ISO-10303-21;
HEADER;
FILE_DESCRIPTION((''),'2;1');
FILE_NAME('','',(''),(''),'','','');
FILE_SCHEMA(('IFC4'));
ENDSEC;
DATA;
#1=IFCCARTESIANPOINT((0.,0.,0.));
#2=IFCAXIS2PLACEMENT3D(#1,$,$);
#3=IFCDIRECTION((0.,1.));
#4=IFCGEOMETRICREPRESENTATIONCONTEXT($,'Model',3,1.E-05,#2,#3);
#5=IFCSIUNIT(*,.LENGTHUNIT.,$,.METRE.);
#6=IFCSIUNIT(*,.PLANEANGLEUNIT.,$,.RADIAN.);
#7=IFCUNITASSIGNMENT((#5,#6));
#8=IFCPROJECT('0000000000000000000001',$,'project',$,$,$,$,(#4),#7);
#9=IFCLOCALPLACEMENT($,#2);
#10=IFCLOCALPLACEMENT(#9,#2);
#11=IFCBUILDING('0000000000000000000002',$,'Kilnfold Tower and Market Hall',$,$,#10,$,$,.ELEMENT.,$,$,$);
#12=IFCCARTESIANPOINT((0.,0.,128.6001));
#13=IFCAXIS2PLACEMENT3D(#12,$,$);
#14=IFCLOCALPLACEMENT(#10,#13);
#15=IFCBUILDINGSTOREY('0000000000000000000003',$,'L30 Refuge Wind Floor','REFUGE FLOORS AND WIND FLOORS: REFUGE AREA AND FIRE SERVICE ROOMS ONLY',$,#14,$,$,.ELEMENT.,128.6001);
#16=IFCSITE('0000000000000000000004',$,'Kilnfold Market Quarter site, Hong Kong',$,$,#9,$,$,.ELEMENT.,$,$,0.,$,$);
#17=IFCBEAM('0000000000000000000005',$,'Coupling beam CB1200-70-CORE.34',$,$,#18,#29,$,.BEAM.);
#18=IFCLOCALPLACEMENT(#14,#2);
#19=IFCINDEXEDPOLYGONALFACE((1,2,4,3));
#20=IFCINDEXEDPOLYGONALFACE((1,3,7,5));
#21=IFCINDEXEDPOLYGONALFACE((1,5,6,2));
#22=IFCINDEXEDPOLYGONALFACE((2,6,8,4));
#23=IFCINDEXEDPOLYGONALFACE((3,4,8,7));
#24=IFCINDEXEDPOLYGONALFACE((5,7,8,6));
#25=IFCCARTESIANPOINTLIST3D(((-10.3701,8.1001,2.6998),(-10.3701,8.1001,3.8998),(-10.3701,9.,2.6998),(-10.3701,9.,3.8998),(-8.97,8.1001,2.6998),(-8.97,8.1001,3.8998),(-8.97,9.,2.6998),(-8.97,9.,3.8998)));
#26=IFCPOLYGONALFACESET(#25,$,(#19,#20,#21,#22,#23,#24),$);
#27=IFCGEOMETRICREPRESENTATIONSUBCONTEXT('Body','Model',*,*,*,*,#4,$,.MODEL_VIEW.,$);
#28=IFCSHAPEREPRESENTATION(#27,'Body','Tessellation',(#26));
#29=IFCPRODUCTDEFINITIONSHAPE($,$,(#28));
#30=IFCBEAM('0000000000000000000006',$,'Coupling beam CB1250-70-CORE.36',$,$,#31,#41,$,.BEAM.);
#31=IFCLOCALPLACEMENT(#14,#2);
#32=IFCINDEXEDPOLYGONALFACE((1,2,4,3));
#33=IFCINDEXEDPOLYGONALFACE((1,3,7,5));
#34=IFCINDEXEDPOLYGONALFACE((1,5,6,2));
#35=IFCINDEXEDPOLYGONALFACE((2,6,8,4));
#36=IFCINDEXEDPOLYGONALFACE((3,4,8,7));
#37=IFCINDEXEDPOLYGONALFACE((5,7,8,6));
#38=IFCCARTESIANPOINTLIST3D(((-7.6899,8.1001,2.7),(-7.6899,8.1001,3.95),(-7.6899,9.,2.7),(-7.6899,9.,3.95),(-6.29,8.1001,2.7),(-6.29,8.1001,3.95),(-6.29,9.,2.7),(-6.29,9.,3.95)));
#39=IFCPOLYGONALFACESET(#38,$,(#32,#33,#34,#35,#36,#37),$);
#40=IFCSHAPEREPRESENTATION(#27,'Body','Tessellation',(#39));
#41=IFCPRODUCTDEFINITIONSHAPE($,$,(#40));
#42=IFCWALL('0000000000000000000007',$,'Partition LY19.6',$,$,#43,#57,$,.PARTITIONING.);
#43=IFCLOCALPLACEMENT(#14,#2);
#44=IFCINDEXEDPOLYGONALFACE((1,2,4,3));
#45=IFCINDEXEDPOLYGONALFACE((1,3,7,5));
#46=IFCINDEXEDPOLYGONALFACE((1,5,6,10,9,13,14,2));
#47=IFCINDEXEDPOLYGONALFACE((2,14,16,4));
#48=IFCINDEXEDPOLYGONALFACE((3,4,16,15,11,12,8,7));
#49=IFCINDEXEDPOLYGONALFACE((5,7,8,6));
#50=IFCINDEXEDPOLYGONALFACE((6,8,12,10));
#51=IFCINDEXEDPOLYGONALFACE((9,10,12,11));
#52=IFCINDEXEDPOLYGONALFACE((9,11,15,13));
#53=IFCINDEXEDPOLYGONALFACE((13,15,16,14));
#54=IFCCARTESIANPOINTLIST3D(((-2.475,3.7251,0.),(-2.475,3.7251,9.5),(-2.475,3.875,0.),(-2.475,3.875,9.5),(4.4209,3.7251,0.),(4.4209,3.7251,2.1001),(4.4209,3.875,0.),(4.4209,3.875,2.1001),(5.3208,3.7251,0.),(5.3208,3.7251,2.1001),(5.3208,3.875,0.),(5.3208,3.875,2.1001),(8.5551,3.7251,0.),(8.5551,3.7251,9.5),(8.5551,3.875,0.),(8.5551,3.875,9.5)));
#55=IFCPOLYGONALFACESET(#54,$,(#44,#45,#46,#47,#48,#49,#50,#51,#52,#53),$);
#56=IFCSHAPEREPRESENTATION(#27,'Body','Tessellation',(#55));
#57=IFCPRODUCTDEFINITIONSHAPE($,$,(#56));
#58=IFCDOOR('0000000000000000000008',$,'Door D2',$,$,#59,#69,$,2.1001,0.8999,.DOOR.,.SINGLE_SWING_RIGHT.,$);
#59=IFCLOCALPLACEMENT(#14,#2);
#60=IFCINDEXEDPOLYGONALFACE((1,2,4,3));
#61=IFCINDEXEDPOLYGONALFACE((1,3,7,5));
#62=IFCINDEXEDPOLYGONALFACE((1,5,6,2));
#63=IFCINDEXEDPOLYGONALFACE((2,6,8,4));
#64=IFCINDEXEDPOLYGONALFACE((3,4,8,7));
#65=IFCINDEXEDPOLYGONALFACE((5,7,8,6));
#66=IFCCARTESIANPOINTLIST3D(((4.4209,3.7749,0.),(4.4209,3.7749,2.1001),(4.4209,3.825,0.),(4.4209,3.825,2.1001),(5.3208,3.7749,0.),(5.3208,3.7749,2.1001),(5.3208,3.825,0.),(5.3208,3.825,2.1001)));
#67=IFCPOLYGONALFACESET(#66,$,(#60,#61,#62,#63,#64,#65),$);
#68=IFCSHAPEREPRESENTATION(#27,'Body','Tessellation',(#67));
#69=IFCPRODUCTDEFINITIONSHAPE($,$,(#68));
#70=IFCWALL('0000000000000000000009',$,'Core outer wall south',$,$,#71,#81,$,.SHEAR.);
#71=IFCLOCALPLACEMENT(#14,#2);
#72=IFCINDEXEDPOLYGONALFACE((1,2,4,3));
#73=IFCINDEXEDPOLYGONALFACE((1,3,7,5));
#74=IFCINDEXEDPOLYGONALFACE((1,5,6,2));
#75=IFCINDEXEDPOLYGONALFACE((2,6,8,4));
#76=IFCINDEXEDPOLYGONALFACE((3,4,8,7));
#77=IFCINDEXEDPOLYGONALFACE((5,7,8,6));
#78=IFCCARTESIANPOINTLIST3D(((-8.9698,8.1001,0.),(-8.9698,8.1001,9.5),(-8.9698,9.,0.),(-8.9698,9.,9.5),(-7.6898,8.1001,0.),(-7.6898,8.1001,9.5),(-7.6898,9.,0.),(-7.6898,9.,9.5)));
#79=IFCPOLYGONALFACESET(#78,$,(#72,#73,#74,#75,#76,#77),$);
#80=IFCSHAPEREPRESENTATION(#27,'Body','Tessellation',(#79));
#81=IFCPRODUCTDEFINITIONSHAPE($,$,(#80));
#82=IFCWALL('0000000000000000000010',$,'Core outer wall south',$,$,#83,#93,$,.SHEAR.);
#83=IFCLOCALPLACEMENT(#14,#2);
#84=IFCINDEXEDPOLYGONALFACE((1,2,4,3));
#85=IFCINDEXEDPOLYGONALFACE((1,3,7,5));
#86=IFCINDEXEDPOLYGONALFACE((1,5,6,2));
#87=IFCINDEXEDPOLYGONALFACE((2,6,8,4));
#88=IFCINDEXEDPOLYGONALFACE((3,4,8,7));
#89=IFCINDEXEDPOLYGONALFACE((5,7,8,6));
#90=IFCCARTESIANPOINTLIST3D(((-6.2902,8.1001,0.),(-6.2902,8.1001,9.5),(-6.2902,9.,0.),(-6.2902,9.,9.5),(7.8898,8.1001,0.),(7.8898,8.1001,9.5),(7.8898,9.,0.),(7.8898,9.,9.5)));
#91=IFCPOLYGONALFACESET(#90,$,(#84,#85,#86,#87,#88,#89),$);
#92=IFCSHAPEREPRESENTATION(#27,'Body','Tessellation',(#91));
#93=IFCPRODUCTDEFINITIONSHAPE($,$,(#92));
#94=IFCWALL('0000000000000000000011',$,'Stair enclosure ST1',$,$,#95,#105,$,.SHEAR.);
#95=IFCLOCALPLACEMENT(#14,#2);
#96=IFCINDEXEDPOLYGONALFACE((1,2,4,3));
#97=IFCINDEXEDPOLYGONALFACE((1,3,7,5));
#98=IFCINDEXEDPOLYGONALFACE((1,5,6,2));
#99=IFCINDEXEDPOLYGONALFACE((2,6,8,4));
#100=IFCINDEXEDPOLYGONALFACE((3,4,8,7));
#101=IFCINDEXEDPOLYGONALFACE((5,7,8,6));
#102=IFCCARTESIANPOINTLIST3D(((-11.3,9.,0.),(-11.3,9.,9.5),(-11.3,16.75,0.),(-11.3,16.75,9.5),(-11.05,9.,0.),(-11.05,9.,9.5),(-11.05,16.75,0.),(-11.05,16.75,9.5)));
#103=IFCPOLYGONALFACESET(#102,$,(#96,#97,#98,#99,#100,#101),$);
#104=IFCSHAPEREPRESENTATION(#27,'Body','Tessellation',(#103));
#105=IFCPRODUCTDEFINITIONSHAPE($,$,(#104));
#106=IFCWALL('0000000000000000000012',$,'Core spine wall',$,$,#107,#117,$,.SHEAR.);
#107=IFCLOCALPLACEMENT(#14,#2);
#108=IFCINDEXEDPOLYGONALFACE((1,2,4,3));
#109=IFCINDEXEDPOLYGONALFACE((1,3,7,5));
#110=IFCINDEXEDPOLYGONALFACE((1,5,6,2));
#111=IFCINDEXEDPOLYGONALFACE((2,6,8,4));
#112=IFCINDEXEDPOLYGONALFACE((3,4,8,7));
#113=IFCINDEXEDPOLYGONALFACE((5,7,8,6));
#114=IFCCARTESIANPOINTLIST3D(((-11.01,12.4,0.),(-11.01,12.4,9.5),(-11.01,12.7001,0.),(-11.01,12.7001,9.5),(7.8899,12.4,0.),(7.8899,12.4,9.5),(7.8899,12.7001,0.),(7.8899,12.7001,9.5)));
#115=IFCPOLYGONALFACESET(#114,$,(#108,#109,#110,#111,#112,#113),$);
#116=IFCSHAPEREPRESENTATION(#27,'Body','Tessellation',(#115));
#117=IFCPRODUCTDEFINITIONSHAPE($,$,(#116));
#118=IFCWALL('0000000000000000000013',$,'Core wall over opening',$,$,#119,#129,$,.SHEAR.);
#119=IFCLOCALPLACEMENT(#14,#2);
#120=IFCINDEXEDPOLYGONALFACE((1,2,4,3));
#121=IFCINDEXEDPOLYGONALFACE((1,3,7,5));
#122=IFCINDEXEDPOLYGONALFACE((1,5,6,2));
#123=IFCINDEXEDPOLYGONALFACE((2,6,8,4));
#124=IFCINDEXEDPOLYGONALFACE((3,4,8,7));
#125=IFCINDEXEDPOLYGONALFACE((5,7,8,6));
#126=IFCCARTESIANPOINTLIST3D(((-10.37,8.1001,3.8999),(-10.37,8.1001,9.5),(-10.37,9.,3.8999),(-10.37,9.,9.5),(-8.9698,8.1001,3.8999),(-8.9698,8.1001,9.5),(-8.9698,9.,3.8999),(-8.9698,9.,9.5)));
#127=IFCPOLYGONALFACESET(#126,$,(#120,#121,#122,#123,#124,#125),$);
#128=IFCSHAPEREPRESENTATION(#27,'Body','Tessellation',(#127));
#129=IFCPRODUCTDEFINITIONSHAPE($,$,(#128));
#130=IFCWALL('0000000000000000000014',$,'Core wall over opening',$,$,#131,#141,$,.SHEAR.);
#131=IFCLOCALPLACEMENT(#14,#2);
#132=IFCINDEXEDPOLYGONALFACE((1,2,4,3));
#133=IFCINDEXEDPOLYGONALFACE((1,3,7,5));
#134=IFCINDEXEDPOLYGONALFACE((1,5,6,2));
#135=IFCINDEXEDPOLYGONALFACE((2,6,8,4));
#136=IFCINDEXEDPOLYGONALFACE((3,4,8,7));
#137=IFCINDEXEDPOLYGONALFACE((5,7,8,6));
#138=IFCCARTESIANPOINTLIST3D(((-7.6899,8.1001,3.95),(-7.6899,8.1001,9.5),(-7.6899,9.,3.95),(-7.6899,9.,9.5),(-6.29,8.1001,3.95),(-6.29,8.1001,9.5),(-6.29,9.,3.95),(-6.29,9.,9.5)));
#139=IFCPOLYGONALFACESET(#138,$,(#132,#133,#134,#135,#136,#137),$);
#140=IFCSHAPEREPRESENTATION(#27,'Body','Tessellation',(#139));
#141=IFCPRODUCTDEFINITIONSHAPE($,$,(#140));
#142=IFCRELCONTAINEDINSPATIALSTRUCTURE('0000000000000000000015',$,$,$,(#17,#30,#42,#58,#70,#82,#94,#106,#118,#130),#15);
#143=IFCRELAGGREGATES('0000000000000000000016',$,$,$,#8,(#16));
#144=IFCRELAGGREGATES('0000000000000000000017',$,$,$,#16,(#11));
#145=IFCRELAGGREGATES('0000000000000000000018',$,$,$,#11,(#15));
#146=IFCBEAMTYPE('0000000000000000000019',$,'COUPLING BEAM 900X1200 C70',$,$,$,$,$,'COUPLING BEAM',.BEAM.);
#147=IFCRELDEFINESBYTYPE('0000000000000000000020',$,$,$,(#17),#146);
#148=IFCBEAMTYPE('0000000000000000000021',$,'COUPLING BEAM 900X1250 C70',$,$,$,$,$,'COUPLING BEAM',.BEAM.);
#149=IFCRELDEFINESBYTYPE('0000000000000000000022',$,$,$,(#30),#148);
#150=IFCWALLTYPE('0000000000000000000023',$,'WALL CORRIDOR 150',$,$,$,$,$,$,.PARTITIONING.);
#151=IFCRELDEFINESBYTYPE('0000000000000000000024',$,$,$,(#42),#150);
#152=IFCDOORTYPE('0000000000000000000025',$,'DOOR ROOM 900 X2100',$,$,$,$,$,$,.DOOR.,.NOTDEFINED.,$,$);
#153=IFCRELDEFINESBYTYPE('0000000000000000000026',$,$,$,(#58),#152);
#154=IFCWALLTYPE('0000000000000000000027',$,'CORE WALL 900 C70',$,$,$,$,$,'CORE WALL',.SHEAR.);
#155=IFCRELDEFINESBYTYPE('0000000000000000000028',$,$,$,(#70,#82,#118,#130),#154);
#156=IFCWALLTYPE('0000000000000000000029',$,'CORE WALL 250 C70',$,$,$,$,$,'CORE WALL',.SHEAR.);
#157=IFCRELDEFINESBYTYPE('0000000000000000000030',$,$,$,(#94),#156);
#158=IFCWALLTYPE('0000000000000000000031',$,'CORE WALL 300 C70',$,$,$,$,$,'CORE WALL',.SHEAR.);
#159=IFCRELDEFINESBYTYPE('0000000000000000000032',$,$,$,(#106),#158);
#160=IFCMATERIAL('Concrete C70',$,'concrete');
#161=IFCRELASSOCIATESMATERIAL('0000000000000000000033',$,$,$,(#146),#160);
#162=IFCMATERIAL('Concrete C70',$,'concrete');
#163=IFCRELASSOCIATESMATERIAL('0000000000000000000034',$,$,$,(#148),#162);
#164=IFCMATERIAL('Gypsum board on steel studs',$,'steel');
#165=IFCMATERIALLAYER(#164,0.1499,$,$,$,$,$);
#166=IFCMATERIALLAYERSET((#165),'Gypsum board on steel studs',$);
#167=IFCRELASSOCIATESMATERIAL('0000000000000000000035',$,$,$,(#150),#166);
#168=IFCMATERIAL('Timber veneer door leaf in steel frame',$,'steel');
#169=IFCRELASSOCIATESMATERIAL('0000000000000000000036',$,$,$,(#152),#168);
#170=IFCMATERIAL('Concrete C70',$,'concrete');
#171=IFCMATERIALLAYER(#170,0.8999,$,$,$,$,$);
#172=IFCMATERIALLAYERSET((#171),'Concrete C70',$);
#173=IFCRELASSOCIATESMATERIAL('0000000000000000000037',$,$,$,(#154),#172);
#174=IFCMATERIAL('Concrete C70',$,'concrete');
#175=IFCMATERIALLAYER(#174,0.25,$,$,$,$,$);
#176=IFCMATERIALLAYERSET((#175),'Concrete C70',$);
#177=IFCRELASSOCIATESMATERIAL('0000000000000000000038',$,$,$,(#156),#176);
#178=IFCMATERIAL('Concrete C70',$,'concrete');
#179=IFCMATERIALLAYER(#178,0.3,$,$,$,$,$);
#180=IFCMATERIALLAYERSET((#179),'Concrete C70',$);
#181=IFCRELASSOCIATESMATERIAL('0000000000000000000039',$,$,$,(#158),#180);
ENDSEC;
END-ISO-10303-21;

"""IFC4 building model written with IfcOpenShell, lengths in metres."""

from ifc_helpers import new_model, si_unit, direction, frame, frame_2d, origin, origin_2d, place, context, subcontext, project, spatial, rectangle, extrude, source, transform, mapped, material, layer, layer_set, material_profile, profile_set, type_object, element, fill, save


model = new_model("IFC4")

# Units and contexts
model_context = context("Model", 3, precision=1e-05, world=origin(), true_north=direction((0.0, 1.0)))
body_context = subcontext(model_context, "Body", "Model", "MODEL_VIEW")
ifc_project = project(units=[si_unit("LENGTHUNIT", "METRE"), si_unit("PLANEANGLEUNIT", "RADIAN")], contexts=[model_context])

# Site, building, storey
site_placement = place(None, origin())
site = spatial("IfcSite", under=ifc_project, at=site_placement, Name="Kilnfold Market Quarter site, Hong Kong", CompositionType="ELEMENT", RefElevation=0.0)
building_placement = place(site_placement, origin())
building = spatial("IfcBuilding", under=site, at=building_placement, Name="Kilnfold Tower and Market Hall", CompositionType="ELEMENT")
storey_placement = place(building_placement, frame((0.0, 0.0, 128.6001)))
storey = spatial("IfcBuildingStorey", under=building, at=storey_placement, Name="L30 Refuge Wind Floor", Description="REFUGE FLOORS AND WIND FLOORS: REFUGE AREA AND FIRE SERVICE ROOMS ONLY", CompositionType="ELEMENT", Elevation=128.6001)

# Beams
ifc_material_1 = material(Name="Concrete C70", Category="concrete")
ifc_material_profile_1 = material_profile(ifc_material_1, rectangle(XDim=0.8999, YDim=1.2, at=origin_2d()), Name="RC 900x1200")
ifc_profile_set_1 = profile_set([ifc_material_profile_1], Name="Concrete C70")
beam_type_1 = type_object("IfcBeamType", Name="COUPLING BEAM 900X1200 C70", ElementType="COUPLING BEAM", PredefinedType="BEAM", material=ifc_profile_set_1)
shared_shape_1 = source(origin(), body_context, "Body", "SweptSolid", [
    extrude(rectangle(XDim=0.8999, YDim=1.2, at=origin_2d()), origin(), (0.0, 0.0, 1.0), 1.4001),
])
beam_1_placement = place(storey_placement, frame((-10.3701, 8.55, 3.2998), z_axis=(1.0, 0.0, 0.0), x_axis=(0.0, 1.0, 0.0)))
element("IfcBeam", 1, at=beam_1_placement, inside=storey, type_object=beam_type_1, Name="Coupling beam CB1200-70-CORE.34", PredefinedType="BEAM", context=body_context, shape_type="MappedRepresentation", body=[
    mapped(shared_shape_1, transform((0.0, 0.0, 0.0))),
])
ifc_material_2 = material(Name="Concrete C70", Category="concrete")
ifc_material_profile_2 = material_profile(ifc_material_2, rectangle(XDim=0.8999, YDim=1.25, at=origin_2d()), Name="RC 900x1250")
ifc_profile_set_2 = profile_set([ifc_material_profile_2], Name="Concrete C70")
beam_type_2 = type_object("IfcBeamType", Name="COUPLING BEAM 900X1250 C70", ElementType="COUPLING BEAM", PredefinedType="BEAM", material=ifc_profile_set_2)
shared_shape_2 = source(origin(), body_context, "Body", "SweptSolid", [
    extrude(rectangle(XDim=0.8999, YDim=1.25, at=origin_2d()), origin(), (0.0, 0.0, 1.0), 1.3999),
])
beam_2_placement = place(storey_placement, frame((-7.6899, 8.55, 3.325), z_axis=(1.0, 0.0, 0.0), x_axis=(0.0, 1.0, 0.0)))
element("IfcBeam", 2, at=beam_2_placement, inside=storey, type_object=beam_type_2, Name="Coupling beam CB1250-70-CORE.36", PredefinedType="BEAM", context=body_context, shape_type="MappedRepresentation", body=[
    mapped(shared_shape_2, transform((0.0, 0.0, 0.0))),
])

# Wall, opening, door
ifc_material_3 = material(Name="Gypsum board on steel studs", Category="steel")
ifc_layer_1 = layer(ifc_material_3, 0.1499)
ifc_layer_set_1 = layer_set([ifc_layer_1], Name="Gypsum board on steel studs")
wall_type_1 = type_object("IfcWallType", Name="WALL CORRIDOR 150", PredefinedType="PARTITIONING", material=ifc_layer_set_1)
wall_1_placement = place(storey_placement, frame((-2.4751, 3.8, 0.0), z_axis=(0.0, 0.0, 1.0), x_axis=(1.0, 0.0, 0.0)))
wall_1 = element("IfcWall", 3, at=wall_1_placement, inside=storey, type_object=wall_type_1, Name="Partition LY19.6", PredefinedType="PARTITIONING", context=body_context, shape_type="SweptSolid", body=[
    extrude(rectangle(XDim=11.03, YDim=0.1499, at=frame_2d((5.5151, 0.0))), origin(), (0.0, 0.0, 1.0), 9.5),
])
opening_1_placement = place(wall_1_placement, frame((6.896, 0.0, 0.0)))
opening_1 = element("IfcOpeningElement", 4, at=opening_1_placement, cuts=wall_1, PredefinedType="OPENING", context=body_context, shape_type="SweptSolid", body=[
    extrude(rectangle(XDim=0.8999, YDim=2.1001, at=frame_2d((0.45, 1.05))), frame((0.0, 0.085, 0.0), z_axis=(0.0, -1.0, 0.0), x_axis=(1.0, 0.0, 0.0)), (0.0, 0.0, 1.0), 0.1699),
])
ifc_material_4 = material(Name="Timber veneer door leaf in steel frame", Category="steel")
door_type_1 = type_object("IfcDoorType", Name="DOOR ROOM 900 X2100", OperationType="NOTDEFINED", PredefinedType="DOOR", material=ifc_material_4)
door_1_placement = place(opening_1_placement, origin())
door_1 = element("IfcDoor", 5, at=door_1_placement, inside=storey, type_object=door_type_1, Name="Door D2", OperationType="SINGLE_SWING_RIGHT", OverallHeight=2.1001, OverallWidth=0.8999, PredefinedType="DOOR", context=body_context, shape_type="SweptSolid", body=[
    extrude(rectangle(XDim=0.8999, YDim=2.1001, at=frame_2d((0.45, 1.05))), frame((0.0, 0.0249, 0.0), z_axis=(0.0, -1.0, 0.0), x_axis=(1.0, 0.0, 0.0)), (0.0, 0.0, 1.0), 0.05),
])
fill(opening_1, door_1)

# Walls
ifc_material_5 = material(Name="Concrete C70", Category="concrete")
ifc_layer_2 = layer(ifc_material_5, 0.8999)
ifc_layer_set_2 = layer_set([ifc_layer_2], Name="Concrete C70")
wall_type_2 = type_object("IfcWallType", Name="CORE WALL 900 C70", ElementType="CORE WALL", PredefinedType="SHEAR", material=ifc_layer_set_2)
shared_shape_3 = source(origin(), body_context, "Body", "SweptSolid", [
    extrude(rectangle(XDim=1.28, YDim=0.8999, at=frame_2d((0.6401, 0.0))), origin(), (0.0, 0.0, 1.0), 9.5),
])
wall_2_placement = place(storey_placement, frame((-8.97, 8.55, 0.0), z_axis=(0.0, 0.0, 1.0), x_axis=(1.0, 0.0, 0.0)))
element("IfcWall", 6, at=wall_2_placement, inside=storey, type_object=wall_type_2, Name="Core outer wall south", PredefinedType="SHEAR", context=body_context, shape_type="MappedRepresentation", body=[
    mapped(shared_shape_3, transform((0.0, 0.0, 0.0))),
])
shared_shape_4 = source(origin(), body_context, "Body", "SweptSolid", [
    extrude(rectangle(XDim=14.1799, YDim=0.8999, at=frame_2d((7.0898, 0.0))), origin(), (0.0, 0.0, 1.0), 9.5),
])
wall_3_placement = place(storey_placement, frame((-6.29, 8.55, 0.0), z_axis=(0.0, 0.0, 1.0), x_axis=(1.0, 0.0, 0.0)))
element("IfcWall", 7, at=wall_3_placement, inside=storey, type_object=wall_type_2, Name="Core outer wall south", PredefinedType="SHEAR", context=body_context, shape_type="MappedRepresentation", body=[
    mapped(shared_shape_4, transform((0.0, 0.0, 0.0))),
])
ifc_material_6 = material(Name="Concrete C70", Category="concrete")
ifc_layer_3 = layer(ifc_material_6, 0.25)
ifc_layer_set_3 = layer_set([ifc_layer_3], Name="Concrete C70")
wall_type_3 = type_object("IfcWallType", Name="CORE WALL 250 C70", ElementType="CORE WALL", PredefinedType="SHEAR", material=ifc_layer_set_3)
shared_shape_5 = source(origin(), body_context, "Body", "SweptSolid", [
    extrude(rectangle(XDim=7.75, YDim=0.25, at=frame_2d((3.875, 0.0))), origin(), (0.0, 0.0, 1.0), 9.5),
])
wall_4_placement = place(storey_placement, frame((-11.175, 9.0, 0.0), z_axis=(0.0, 0.0, 1.0), x_axis=(0.0, 1.0, 0.0)))
element("IfcWall", 8, at=wall_4_placement, inside=storey, type_object=wall_type_3, Name="Stair enclosure ST1", PredefinedType="SHEAR", context=body_context, shape_type="MappedRepresentation", body=[
    mapped(shared_shape_5, transform((0.0, 0.0, 0.0))),
])
ifc_material_7 = material(Name="Concrete C70", Category="concrete")
ifc_layer_4 = layer(ifc_material_7, 0.3)
ifc_layer_set_4 = layer_set([ifc_layer_4], Name="Concrete C70")
wall_type_4 = type_object("IfcWallType", Name="CORE WALL 300 C70", ElementType="CORE WALL", PredefinedType="SHEAR", material=ifc_layer_set_4)
shared_shape_6 = source(origin(), body_context, "Body", "SweptSolid", [
    extrude(rectangle(XDim=18.8999, YDim=0.3, at=frame_2d((9.45, 0.0))), origin(), (0.0, 0.0, 1.0), 9.5),
])
wall_5_placement = place(storey_placement, frame((-11.01, 12.55, 0.0), z_axis=(0.0, 0.0, 1.0), x_axis=(1.0, 0.0, 0.0)))
element("IfcWall", 9, at=wall_5_placement, inside=storey, type_object=wall_type_4, Name="Core spine wall", PredefinedType="SHEAR", context=body_context, shape_type="MappedRepresentation", body=[
    mapped(shared_shape_6, transform((0.0, 0.0, 0.0))),
])
shared_shape_7 = source(origin(), body_context, "Body", "SweptSolid", [
    extrude(rectangle(XDim=1.4001, YDim=0.8999, at=frame_2d((0.7002, 0.0))), origin(), (0.0, 0.0, 1.0), 5.6001),
])
wall_6_placement = place(storey_placement, frame((-10.3701, 8.55, 3.8999), z_axis=(0.0, 0.0, 1.0), x_axis=(1.0, 0.0, 0.0)))
element("IfcWall", 10, at=wall_6_placement, inside=storey, type_object=wall_type_2, Name="Core wall over opening", PredefinedType="SHEAR", context=body_context, shape_type="MappedRepresentation", body=[
    mapped(shared_shape_7, transform((0.0, 0.0, 0.0))),
])
shared_shape_8 = source(origin(), body_context, "Body", "SweptSolid", [
    extrude(rectangle(XDim=1.3999, YDim=0.8999, at=frame_2d((0.7, 0.0))), origin(), (0.0, 0.0, 1.0), 5.55),
])
wall_7_placement = place(storey_placement, frame((-7.6899, 8.55, 3.95), z_axis=(0.0, 0.0, 1.0), x_axis=(1.0, 0.0, 0.0)))
element("IfcWall", 11, at=wall_7_placement, inside=storey, type_object=wall_type_2, Name="Core wall over opening", PredefinedType="SHEAR", context=body_context, shape_type="MappedRepresentation", body=[
    mapped(shared_shape_8, transform((0.0, 0.0, 0.0))),
])

save(model, "model.ifc")
